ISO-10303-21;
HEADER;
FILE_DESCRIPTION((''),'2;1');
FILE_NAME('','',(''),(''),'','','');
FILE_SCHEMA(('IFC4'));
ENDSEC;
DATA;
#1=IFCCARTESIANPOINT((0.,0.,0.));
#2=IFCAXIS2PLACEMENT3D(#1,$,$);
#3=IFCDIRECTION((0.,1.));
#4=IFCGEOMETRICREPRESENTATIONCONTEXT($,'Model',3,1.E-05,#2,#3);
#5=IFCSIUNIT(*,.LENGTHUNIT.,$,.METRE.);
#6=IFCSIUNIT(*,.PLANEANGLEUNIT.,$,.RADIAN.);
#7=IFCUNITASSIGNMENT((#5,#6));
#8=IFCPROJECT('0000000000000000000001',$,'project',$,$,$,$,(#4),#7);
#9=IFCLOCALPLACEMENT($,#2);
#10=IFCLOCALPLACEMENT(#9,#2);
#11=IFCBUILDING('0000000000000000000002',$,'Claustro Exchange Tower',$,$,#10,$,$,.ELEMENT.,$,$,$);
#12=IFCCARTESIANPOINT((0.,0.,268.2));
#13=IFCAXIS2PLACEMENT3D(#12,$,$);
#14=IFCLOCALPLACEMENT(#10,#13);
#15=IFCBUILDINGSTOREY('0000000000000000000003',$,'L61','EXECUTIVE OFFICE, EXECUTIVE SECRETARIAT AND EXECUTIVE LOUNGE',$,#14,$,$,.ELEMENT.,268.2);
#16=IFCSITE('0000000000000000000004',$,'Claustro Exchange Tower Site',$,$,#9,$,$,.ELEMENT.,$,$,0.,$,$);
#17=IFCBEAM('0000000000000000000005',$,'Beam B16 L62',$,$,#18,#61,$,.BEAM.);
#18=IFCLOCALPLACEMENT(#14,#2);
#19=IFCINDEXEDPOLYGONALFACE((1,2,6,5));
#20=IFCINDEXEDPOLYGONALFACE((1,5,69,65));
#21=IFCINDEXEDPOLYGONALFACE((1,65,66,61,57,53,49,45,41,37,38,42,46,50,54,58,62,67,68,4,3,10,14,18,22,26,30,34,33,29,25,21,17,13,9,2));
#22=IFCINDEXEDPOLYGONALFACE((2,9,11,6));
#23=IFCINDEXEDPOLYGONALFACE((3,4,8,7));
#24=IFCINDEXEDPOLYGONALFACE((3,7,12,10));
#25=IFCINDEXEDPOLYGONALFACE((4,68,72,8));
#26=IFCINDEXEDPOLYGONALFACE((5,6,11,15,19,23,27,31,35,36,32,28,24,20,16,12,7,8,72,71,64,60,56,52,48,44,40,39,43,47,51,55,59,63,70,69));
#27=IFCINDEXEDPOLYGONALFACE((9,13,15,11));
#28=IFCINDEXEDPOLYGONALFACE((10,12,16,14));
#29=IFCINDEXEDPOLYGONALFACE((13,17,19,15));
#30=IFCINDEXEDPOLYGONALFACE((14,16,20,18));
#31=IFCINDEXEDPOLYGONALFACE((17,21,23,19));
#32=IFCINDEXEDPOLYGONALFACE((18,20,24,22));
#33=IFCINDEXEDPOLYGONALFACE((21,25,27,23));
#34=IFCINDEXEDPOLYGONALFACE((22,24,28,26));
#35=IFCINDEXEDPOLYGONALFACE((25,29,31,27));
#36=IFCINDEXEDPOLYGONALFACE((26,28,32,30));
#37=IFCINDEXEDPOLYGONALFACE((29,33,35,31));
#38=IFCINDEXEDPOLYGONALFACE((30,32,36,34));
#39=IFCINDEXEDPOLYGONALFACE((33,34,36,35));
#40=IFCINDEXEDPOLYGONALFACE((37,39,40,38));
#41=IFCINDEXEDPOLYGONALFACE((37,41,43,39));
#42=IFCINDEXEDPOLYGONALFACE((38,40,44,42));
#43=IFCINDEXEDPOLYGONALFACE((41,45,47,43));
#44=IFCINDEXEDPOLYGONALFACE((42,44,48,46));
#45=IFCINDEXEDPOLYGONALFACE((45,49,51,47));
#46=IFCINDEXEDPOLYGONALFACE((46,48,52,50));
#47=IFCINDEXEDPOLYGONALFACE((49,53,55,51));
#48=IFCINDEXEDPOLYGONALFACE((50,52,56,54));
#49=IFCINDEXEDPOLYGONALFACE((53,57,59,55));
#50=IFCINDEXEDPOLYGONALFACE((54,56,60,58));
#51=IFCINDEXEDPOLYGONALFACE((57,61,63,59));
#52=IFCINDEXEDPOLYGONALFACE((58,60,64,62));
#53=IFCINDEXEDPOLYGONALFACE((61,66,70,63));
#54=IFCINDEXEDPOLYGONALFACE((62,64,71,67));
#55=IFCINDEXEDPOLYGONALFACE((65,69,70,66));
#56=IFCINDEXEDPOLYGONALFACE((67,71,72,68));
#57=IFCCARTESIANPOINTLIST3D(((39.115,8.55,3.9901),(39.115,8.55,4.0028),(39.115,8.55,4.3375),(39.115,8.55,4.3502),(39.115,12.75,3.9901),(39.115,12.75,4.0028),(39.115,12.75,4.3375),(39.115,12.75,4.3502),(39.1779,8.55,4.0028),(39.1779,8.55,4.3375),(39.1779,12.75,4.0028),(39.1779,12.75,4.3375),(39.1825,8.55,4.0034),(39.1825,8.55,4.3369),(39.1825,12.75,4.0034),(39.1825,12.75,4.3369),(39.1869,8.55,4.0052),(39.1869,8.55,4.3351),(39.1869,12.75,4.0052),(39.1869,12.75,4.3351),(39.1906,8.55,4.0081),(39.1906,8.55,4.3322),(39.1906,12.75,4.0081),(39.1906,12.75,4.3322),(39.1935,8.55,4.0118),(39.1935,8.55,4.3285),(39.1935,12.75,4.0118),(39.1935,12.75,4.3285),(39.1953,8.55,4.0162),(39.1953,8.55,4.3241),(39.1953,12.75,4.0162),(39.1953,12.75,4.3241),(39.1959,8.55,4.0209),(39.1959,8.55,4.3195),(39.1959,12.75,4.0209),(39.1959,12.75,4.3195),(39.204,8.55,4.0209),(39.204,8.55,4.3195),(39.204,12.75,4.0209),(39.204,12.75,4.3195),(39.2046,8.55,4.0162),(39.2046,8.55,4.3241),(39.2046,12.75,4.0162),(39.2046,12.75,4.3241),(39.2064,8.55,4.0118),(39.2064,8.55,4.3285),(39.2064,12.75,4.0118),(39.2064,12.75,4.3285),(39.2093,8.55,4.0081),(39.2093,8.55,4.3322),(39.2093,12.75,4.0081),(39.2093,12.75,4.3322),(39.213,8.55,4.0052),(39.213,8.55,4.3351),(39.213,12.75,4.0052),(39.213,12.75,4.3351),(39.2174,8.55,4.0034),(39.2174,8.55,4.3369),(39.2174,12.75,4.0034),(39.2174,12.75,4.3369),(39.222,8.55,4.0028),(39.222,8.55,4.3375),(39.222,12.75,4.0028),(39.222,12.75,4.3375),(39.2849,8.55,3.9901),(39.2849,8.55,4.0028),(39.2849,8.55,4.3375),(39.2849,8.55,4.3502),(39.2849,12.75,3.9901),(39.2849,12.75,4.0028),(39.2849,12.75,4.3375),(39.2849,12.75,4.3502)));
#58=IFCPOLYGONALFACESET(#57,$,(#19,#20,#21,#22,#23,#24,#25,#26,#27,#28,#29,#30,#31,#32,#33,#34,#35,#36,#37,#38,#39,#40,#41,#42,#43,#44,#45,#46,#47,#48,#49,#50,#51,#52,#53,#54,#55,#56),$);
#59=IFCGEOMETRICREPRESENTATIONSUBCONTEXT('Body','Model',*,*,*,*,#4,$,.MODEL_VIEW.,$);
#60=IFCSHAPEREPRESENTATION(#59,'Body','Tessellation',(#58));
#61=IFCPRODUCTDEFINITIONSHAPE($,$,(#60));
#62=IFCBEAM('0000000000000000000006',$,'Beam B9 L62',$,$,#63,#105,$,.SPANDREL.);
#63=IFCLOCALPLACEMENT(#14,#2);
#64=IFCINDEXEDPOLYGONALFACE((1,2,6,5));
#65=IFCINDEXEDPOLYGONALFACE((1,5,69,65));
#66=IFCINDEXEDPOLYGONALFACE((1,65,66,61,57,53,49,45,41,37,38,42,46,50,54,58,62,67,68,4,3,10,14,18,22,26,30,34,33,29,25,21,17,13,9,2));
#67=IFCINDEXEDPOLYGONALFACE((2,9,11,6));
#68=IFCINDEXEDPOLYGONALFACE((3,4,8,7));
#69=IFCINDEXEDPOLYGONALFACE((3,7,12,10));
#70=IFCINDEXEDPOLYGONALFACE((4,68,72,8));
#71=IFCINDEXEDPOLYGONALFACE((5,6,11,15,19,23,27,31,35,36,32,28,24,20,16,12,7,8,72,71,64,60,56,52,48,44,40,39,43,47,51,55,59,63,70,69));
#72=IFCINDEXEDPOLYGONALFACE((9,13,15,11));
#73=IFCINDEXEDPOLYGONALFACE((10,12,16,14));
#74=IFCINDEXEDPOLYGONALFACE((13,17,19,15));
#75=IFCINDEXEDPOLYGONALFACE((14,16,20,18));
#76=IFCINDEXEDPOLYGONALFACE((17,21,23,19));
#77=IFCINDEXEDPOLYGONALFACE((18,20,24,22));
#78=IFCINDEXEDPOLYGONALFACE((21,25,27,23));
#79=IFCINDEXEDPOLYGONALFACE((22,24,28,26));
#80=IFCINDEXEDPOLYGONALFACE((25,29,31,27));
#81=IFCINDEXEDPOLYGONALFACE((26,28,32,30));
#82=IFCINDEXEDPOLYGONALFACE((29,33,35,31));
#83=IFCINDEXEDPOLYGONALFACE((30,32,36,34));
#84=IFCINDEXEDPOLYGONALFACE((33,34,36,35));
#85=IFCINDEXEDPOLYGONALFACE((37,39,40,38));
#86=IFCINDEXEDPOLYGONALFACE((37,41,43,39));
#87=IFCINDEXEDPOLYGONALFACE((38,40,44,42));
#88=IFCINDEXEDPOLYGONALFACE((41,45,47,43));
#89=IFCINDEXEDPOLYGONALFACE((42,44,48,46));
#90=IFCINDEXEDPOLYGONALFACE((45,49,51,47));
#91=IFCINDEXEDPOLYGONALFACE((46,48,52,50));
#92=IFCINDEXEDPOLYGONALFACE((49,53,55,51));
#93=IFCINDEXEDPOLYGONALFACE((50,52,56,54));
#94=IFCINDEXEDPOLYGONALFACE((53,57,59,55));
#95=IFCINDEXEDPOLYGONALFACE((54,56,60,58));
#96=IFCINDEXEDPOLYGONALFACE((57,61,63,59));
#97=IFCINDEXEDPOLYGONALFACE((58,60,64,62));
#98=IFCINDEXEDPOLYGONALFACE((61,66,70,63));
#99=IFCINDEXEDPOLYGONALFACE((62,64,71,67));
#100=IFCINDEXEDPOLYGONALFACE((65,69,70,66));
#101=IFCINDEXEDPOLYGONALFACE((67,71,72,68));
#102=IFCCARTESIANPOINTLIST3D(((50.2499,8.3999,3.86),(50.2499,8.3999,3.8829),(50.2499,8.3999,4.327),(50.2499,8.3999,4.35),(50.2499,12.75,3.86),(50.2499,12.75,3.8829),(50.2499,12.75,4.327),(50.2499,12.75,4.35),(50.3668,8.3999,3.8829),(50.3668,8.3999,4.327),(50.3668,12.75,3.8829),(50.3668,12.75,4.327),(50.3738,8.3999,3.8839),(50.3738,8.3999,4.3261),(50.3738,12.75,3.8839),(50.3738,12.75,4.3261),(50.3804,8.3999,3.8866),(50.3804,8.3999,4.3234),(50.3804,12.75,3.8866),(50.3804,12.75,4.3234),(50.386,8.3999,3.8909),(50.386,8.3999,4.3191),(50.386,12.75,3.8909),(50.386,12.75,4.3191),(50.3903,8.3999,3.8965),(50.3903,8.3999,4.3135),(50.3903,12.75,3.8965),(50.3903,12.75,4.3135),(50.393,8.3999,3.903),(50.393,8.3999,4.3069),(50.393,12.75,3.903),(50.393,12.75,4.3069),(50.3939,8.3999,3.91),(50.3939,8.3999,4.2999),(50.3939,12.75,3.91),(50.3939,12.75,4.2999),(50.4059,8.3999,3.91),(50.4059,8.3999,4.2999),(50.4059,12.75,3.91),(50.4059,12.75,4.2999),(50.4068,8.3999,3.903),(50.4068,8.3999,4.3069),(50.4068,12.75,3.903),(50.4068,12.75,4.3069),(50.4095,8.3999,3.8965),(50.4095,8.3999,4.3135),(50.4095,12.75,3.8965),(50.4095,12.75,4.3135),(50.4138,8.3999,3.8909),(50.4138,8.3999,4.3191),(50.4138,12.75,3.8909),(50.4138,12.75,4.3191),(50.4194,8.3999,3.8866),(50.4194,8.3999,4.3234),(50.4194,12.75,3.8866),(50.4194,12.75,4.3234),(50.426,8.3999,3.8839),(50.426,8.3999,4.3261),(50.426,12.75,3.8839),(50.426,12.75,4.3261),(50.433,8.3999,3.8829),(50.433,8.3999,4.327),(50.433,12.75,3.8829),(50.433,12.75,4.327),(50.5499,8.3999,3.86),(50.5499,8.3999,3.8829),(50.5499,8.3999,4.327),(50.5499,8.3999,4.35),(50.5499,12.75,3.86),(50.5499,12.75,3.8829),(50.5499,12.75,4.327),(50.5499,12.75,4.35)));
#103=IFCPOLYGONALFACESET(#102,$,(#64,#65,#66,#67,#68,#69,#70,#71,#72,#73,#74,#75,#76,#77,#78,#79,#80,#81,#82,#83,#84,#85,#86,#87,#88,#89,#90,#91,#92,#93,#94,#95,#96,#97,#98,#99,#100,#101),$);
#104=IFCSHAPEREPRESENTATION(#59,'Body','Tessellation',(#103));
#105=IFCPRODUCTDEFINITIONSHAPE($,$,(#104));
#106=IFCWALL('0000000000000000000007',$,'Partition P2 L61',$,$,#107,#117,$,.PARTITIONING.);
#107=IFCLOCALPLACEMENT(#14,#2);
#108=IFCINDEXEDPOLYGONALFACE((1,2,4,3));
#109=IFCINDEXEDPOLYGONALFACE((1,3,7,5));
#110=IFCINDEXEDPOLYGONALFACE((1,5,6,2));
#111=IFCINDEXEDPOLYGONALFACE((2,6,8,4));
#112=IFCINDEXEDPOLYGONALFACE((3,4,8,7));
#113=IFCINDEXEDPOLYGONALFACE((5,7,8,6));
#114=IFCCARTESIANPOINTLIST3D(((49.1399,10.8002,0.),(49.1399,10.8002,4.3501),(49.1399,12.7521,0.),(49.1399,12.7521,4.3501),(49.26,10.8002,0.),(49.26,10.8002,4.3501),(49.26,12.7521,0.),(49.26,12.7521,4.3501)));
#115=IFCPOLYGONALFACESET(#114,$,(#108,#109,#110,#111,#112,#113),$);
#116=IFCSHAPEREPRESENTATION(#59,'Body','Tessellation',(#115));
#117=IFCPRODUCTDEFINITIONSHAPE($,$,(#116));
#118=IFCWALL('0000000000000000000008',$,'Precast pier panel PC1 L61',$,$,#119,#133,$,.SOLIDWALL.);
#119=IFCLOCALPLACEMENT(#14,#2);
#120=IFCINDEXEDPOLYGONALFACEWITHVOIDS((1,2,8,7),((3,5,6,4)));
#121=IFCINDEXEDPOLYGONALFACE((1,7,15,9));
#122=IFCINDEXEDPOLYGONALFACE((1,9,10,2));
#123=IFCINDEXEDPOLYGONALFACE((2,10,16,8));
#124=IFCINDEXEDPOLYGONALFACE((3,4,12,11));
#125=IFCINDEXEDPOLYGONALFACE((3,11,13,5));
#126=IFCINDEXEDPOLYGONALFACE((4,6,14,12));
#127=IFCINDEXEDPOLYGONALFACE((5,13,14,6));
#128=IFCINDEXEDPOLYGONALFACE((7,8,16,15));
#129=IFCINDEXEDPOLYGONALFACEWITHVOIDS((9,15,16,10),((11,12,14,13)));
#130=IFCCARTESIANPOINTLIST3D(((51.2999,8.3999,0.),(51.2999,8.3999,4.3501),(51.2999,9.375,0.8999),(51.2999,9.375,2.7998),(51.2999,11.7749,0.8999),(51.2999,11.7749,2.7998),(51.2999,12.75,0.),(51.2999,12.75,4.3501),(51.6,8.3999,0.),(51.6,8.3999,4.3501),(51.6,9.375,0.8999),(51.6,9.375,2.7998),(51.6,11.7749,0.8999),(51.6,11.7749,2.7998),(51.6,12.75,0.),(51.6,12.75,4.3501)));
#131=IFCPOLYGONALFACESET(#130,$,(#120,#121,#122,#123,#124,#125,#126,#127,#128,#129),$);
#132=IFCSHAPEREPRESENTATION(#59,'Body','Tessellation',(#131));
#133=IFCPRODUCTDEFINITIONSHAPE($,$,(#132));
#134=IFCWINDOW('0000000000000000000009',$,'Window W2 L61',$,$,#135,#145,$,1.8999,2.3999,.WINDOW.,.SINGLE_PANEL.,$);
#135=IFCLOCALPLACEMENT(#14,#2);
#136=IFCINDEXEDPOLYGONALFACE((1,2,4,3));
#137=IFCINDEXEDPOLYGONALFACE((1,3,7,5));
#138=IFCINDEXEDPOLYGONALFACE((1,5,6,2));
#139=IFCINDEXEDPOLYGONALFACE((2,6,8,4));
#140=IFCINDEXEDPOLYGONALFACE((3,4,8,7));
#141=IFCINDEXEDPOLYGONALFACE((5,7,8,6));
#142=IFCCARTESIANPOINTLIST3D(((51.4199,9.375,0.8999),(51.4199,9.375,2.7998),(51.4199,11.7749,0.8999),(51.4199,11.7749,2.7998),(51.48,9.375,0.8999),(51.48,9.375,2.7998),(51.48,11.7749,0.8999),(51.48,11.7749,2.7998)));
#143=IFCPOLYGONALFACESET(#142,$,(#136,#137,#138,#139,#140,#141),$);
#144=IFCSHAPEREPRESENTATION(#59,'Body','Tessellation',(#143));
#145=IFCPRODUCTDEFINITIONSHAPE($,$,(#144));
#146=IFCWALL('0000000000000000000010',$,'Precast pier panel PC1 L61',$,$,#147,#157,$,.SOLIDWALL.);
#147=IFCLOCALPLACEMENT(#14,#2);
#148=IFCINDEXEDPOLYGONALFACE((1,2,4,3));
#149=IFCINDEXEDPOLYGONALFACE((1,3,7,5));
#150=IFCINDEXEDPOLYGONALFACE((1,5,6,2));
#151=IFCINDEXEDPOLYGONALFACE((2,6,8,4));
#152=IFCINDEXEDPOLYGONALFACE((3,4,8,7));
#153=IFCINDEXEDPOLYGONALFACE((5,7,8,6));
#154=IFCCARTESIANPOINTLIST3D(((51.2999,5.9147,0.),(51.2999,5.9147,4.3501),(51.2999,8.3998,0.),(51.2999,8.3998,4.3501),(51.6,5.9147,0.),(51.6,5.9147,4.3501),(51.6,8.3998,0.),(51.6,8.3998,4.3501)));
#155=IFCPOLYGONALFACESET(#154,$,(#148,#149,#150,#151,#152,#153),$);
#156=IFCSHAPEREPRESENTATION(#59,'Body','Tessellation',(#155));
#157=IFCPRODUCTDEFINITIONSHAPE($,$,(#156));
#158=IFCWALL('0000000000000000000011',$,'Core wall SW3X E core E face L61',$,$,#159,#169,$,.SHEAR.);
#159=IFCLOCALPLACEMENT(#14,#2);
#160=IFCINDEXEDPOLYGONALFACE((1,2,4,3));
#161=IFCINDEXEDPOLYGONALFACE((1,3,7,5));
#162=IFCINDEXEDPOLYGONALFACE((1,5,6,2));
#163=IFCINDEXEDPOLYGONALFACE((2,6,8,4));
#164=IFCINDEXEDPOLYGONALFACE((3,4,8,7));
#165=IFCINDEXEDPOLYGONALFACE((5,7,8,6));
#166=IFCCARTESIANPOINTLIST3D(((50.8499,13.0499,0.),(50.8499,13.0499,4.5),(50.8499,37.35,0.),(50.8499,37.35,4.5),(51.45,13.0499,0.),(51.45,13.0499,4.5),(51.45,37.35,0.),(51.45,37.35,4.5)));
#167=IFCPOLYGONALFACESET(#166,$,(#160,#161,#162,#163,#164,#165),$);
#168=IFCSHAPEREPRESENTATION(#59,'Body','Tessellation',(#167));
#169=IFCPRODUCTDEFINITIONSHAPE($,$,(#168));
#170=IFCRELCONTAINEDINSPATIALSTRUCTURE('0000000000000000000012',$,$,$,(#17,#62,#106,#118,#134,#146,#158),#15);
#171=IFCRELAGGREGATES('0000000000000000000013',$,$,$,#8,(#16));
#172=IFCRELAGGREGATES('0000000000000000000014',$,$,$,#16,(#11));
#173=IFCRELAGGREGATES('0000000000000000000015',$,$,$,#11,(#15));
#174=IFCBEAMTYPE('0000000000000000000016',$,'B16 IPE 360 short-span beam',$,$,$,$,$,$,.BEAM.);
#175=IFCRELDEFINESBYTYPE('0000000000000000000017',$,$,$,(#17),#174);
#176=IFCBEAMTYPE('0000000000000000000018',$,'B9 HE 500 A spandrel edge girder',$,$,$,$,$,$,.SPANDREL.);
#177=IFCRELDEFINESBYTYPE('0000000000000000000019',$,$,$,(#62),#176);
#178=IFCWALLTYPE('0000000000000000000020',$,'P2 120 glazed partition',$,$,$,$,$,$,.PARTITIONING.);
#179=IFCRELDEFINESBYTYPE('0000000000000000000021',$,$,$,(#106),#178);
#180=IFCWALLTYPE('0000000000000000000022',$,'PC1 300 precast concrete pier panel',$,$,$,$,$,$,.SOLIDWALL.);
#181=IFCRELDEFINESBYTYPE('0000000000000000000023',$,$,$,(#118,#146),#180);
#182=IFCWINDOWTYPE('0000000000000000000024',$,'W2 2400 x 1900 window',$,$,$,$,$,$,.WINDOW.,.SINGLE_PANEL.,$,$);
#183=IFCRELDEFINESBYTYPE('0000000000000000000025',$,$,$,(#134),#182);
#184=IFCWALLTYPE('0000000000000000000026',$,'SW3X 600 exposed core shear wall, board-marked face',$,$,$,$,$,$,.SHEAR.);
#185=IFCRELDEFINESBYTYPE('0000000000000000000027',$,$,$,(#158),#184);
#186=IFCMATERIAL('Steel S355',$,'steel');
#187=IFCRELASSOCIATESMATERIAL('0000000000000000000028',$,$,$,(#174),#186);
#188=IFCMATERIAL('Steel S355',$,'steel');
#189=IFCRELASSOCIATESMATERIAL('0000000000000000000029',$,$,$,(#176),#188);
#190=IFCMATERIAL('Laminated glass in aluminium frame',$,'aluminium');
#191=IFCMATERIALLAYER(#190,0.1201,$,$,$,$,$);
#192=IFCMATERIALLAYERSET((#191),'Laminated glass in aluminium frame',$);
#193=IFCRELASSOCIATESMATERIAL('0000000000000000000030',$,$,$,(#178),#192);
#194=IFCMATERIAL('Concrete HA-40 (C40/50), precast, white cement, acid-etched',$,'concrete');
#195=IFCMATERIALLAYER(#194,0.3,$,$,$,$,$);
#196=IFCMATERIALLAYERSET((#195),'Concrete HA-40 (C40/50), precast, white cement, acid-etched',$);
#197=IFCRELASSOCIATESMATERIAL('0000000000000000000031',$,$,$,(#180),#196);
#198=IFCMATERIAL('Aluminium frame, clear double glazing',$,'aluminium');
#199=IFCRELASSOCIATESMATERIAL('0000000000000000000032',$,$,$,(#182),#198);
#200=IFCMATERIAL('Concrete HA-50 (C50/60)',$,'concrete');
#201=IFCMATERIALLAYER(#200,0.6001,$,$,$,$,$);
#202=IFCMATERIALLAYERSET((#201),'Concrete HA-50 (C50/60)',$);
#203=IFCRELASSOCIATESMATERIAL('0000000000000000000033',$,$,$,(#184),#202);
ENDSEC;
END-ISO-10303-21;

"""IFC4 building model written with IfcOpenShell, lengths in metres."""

from ifc_helpers import new_model, si_unit, direction, frame, frame_2d, origin, origin_2d, place, context, subcontext, project, spatial, rectangle, i_section, extrude, material, layer, layer_set, material_profile, profile_set, type_object, element, fill, save


model = new_model("IFC4")

# Units and contexts
model_context = context("Model", 3, precision=1e-05, world=origin(), true_north=direction((0.0, 1.0)))
body_context = subcontext(model_context, "Body", "Model", "MODEL_VIEW")
ifc_project = project(units=[si_unit("LENGTHUNIT", "METRE"), si_unit("PLANEANGLEUNIT", "RADIAN")], contexts=[model_context])

# Site, building, storey
site_placement = place(None, origin())
site = spatial("IfcSite", under=ifc_project, at=site_placement, Name="Claustro Exchange Tower Site", CompositionType="ELEMENT", RefElevation=0.0)
building_placement = place(site_placement, origin())
building = spatial("IfcBuilding", under=site, at=building_placement, Name="Claustro Exchange Tower", CompositionType="ELEMENT")
storey_placement = place(building_placement, frame((0.0, 0.0, 268.2)))
storey = spatial("IfcBuildingStorey", under=building, at=storey_placement, Name="L61", Description="EXECUTIVE OFFICE, EXECUTIVE SECRETARIAT AND EXECUTIVE LOUNGE", CompositionType="ELEMENT", Elevation=268.2)

# Beams
ifc_material_1 = material(Name="Steel S355", Category="steel")
ifc_material_profile_1 = material_profile(ifc_material_1, i_section(OverallWidth=0.1699, OverallDepth=0.3601, WebThickness=0.0081, FlangeThickness=0.0127, FilletRadius=0.0181, at=origin_2d()), Name="IPE 360")
ifc_profile_set_1 = profile_set([ifc_material_profile_1], Name="Steel S355")
beam_type_1 = type_object("IfcBeamType", Name="B16 IPE 360 short-span beam", PredefinedType="BEAM", material=ifc_profile_set_1)
beam_1_placement = place(storey_placement, frame((39.2, 8.55, 4.1702), z_axis=(0.0, 1.0, 0.0), x_axis=(-1.0, 0.0, 0.0)))
element("IfcBeam", 1, at=beam_1_placement, inside=storey, type_object=beam_type_1, Name="Beam B16 L62", PredefinedType="BEAM", context=body_context, shape_type="SweptSolid", body=[
    extrude(i_section(OverallWidth=0.1699, OverallDepth=0.3601, WebThickness=0.0081, FlangeThickness=0.0127, FilletRadius=0.0181, at=origin_2d()), origin(), (0.0, 0.0, 1.0), 4.2),
])
ifc_material_2 = material(Name="Steel S355", Category="steel")
ifc_material_profile_2 = material_profile(ifc_material_2, i_section(OverallWidth=0.3, OverallDepth=0.49, WebThickness=0.012, FlangeThickness=0.0229, FilletRadius=0.0271, at=origin_2d()), Name="HE 500 A")
ifc_profile_set_2 = profile_set([ifc_material_profile_2], Name="Steel S355")
beam_type_2 = type_object("IfcBeamType", Name="B9 HE 500 A spandrel edge girder", PredefinedType="SPANDREL", material=ifc_profile_set_2)
beam_2_placement = place(storey_placement, frame((50.3999, 8.3999, 4.105), z_axis=(0.0, 1.0, 0.0), x_axis=(-1.0, 0.0, 0.0)))
element("IfcBeam", 2, at=beam_2_placement, inside=storey, type_object=beam_type_2, Name="Beam B9 L62", PredefinedType="SPANDREL", context=body_context, shape_type="SweptSolid", body=[
    extrude(i_section(OverallWidth=0.3, OverallDepth=0.49, WebThickness=0.012, FlangeThickness=0.0229, FilletRadius=0.0271, at=origin_2d()), origin(), (0.0, 0.0, 1.0), 4.3501),
])

# Wall
ifc_material_3 = material(Name="Laminated glass in aluminium frame", Category="aluminium")
ifc_layer_1 = layer(ifc_material_3, 0.1201)
ifc_layer_set_1 = layer_set([ifc_layer_1], Name="Laminated glass in aluminium frame")
wall_type_1 = type_object("IfcWallType", Name="P2 120 glazed partition", PredefinedType="PARTITIONING", material=ifc_layer_set_1)
wall_1_placement = place(storey_placement, frame((49.2, 10.8, 0.0), z_axis=(0.0, 0.0, 1.0), x_axis=(0.0, 1.0, 0.0)))
element("IfcWall", 3, at=wall_1_placement, inside=storey, type_object=wall_type_1, Name="Partition P2 L61", PredefinedType="PARTITIONING", context=body_context, shape_type="SweptSolid", body=[
    extrude(rectangle(XDim=1.9519, YDim=0.1201, at=frame_2d((0.9761, 0.0))), origin(), (0.0, 0.0, 1.0), 4.3501),
])

# Wall, opening, window
ifc_material_4 = material(Name="Concrete HA-40 (C40/50), precast, white cement, acid-etched", Category="concrete")
ifc_layer_2 = layer(ifc_material_4, 0.3)
ifc_layer_set_2 = layer_set([ifc_layer_2], Name="Concrete HA-40 (C40/50), precast, white cement, acid-etched")
wall_type_2 = type_object("IfcWallType", Name="PC1 300 precast concrete pier panel", PredefinedType="SOLIDWALL", material=ifc_layer_set_2)
wall_2_placement = place(storey_placement, frame((51.45, 12.75, 0.0), z_axis=(0.0, 0.0, 1.0), x_axis=(0.0, -1.0, 0.0)))
wall_2 = element("IfcWall", 4, at=wall_2_placement, inside=storey, type_object=wall_type_2, Name="Precast pier panel PC1 L61", PredefinedType="SOLIDWALL", context=body_context, shape_type="SweptSolid", body=[
    extrude(rectangle(XDim=4.3501, YDim=0.3, at=frame_2d((2.175, 0.0))), origin(), (0.0, 0.0, 1.0), 4.3501),
])
opening_1_placement = place(wall_2_placement, frame((0.9751, 0.0, 0.8999)))
opening_1 = element("IfcOpeningElement", 5, at=opening_1_placement, cuts=wall_2, PredefinedType="OPENING", context=body_context, shape_type="SweptSolid", body=[
    extrude(rectangle(XDim=2.3999, YDim=1.8999, at=frame_2d((1.2, 0.95))), frame((0.0, 0.1599, 0.0), z_axis=(0.0, -1.0, 0.0), x_axis=(1.0, 0.0, 0.0)), (0.0, 0.0, 1.0), 0.3201),
])
ifc_material_5 = material(Name="Aluminium frame, clear double glazing", Category="aluminium")
window_type = type_object("IfcWindowType", Name="W2 2400 x 1900 window", PartitioningType="SINGLE_PANEL", PredefinedType="WINDOW", material=ifc_material_5)
window_placement = place(opening_1_placement, origin())
window = element("IfcWindow", 6, at=window_placement, inside=storey, type_object=window_type, Name="Window W2 L61", OverallHeight=1.8999, OverallWidth=2.3999, PartitioningType="SINGLE_PANEL", PredefinedType="WINDOW", context=body_context, shape_type="SweptSolid", body=[
    extrude(rectangle(XDim=2.3999, YDim=1.8999, at=frame_2d((1.2, 0.95))), frame((0.0, 0.03, 0.0), z_axis=(0.0, -1.0, 0.0), x_axis=(1.0, 0.0, 0.0)), (0.0, 0.0, 1.0), 0.0601),
])
fill(opening_1, window)

# Walls
wall_3_placement = place(storey_placement, frame((51.45, 8.3999, 0.0), z_axis=(0.0, 0.0, 1.0), x_axis=(0.0, -1.0, 0.0)))
element("IfcWall", 7, at=wall_3_placement, inside=storey, type_object=wall_type_2, Name="Precast pier panel PC1 L61", PredefinedType="SOLIDWALL", context=body_context, shape_type="SweptSolid", body=[
    extrude(rectangle(XDim=2.4851, YDim=0.3, at=frame_2d((1.2427, 0.0))), origin(), (0.0, 0.0, 1.0), 4.3501),
])
ifc_material_6 = material(Name="Concrete HA-50 (C50/60)", Category="concrete")
ifc_layer_3 = layer(ifc_material_6, 0.6001)
ifc_layer_set_3 = layer_set([ifc_layer_3], Name="Concrete HA-50 (C50/60)")
wall_type_3 = type_object("IfcWallType", Name="SW3X 600 exposed core shear wall, board-marked face", PredefinedType="SHEAR", material=ifc_layer_set_3)
wall_4_placement = place(storey_placement, frame((51.1499, 13.05, 0.0), z_axis=(0.0, 0.0, 1.0), x_axis=(0.0, 1.0, 0.0)))
element("IfcWall", 8, at=wall_4_placement, inside=storey, type_object=wall_type_3, Name="Core wall SW3X E core E face L61", PredefinedType="SHEAR", context=body_context, shape_type="SweptSolid", body=[
    extrude(rectangle(XDim=24.3, YDim=0.6001, at=frame_2d((12.1499, 0.0))), origin(), (0.0, 0.0, 1.0), 4.5),
])

save(model, "model.ifc")
